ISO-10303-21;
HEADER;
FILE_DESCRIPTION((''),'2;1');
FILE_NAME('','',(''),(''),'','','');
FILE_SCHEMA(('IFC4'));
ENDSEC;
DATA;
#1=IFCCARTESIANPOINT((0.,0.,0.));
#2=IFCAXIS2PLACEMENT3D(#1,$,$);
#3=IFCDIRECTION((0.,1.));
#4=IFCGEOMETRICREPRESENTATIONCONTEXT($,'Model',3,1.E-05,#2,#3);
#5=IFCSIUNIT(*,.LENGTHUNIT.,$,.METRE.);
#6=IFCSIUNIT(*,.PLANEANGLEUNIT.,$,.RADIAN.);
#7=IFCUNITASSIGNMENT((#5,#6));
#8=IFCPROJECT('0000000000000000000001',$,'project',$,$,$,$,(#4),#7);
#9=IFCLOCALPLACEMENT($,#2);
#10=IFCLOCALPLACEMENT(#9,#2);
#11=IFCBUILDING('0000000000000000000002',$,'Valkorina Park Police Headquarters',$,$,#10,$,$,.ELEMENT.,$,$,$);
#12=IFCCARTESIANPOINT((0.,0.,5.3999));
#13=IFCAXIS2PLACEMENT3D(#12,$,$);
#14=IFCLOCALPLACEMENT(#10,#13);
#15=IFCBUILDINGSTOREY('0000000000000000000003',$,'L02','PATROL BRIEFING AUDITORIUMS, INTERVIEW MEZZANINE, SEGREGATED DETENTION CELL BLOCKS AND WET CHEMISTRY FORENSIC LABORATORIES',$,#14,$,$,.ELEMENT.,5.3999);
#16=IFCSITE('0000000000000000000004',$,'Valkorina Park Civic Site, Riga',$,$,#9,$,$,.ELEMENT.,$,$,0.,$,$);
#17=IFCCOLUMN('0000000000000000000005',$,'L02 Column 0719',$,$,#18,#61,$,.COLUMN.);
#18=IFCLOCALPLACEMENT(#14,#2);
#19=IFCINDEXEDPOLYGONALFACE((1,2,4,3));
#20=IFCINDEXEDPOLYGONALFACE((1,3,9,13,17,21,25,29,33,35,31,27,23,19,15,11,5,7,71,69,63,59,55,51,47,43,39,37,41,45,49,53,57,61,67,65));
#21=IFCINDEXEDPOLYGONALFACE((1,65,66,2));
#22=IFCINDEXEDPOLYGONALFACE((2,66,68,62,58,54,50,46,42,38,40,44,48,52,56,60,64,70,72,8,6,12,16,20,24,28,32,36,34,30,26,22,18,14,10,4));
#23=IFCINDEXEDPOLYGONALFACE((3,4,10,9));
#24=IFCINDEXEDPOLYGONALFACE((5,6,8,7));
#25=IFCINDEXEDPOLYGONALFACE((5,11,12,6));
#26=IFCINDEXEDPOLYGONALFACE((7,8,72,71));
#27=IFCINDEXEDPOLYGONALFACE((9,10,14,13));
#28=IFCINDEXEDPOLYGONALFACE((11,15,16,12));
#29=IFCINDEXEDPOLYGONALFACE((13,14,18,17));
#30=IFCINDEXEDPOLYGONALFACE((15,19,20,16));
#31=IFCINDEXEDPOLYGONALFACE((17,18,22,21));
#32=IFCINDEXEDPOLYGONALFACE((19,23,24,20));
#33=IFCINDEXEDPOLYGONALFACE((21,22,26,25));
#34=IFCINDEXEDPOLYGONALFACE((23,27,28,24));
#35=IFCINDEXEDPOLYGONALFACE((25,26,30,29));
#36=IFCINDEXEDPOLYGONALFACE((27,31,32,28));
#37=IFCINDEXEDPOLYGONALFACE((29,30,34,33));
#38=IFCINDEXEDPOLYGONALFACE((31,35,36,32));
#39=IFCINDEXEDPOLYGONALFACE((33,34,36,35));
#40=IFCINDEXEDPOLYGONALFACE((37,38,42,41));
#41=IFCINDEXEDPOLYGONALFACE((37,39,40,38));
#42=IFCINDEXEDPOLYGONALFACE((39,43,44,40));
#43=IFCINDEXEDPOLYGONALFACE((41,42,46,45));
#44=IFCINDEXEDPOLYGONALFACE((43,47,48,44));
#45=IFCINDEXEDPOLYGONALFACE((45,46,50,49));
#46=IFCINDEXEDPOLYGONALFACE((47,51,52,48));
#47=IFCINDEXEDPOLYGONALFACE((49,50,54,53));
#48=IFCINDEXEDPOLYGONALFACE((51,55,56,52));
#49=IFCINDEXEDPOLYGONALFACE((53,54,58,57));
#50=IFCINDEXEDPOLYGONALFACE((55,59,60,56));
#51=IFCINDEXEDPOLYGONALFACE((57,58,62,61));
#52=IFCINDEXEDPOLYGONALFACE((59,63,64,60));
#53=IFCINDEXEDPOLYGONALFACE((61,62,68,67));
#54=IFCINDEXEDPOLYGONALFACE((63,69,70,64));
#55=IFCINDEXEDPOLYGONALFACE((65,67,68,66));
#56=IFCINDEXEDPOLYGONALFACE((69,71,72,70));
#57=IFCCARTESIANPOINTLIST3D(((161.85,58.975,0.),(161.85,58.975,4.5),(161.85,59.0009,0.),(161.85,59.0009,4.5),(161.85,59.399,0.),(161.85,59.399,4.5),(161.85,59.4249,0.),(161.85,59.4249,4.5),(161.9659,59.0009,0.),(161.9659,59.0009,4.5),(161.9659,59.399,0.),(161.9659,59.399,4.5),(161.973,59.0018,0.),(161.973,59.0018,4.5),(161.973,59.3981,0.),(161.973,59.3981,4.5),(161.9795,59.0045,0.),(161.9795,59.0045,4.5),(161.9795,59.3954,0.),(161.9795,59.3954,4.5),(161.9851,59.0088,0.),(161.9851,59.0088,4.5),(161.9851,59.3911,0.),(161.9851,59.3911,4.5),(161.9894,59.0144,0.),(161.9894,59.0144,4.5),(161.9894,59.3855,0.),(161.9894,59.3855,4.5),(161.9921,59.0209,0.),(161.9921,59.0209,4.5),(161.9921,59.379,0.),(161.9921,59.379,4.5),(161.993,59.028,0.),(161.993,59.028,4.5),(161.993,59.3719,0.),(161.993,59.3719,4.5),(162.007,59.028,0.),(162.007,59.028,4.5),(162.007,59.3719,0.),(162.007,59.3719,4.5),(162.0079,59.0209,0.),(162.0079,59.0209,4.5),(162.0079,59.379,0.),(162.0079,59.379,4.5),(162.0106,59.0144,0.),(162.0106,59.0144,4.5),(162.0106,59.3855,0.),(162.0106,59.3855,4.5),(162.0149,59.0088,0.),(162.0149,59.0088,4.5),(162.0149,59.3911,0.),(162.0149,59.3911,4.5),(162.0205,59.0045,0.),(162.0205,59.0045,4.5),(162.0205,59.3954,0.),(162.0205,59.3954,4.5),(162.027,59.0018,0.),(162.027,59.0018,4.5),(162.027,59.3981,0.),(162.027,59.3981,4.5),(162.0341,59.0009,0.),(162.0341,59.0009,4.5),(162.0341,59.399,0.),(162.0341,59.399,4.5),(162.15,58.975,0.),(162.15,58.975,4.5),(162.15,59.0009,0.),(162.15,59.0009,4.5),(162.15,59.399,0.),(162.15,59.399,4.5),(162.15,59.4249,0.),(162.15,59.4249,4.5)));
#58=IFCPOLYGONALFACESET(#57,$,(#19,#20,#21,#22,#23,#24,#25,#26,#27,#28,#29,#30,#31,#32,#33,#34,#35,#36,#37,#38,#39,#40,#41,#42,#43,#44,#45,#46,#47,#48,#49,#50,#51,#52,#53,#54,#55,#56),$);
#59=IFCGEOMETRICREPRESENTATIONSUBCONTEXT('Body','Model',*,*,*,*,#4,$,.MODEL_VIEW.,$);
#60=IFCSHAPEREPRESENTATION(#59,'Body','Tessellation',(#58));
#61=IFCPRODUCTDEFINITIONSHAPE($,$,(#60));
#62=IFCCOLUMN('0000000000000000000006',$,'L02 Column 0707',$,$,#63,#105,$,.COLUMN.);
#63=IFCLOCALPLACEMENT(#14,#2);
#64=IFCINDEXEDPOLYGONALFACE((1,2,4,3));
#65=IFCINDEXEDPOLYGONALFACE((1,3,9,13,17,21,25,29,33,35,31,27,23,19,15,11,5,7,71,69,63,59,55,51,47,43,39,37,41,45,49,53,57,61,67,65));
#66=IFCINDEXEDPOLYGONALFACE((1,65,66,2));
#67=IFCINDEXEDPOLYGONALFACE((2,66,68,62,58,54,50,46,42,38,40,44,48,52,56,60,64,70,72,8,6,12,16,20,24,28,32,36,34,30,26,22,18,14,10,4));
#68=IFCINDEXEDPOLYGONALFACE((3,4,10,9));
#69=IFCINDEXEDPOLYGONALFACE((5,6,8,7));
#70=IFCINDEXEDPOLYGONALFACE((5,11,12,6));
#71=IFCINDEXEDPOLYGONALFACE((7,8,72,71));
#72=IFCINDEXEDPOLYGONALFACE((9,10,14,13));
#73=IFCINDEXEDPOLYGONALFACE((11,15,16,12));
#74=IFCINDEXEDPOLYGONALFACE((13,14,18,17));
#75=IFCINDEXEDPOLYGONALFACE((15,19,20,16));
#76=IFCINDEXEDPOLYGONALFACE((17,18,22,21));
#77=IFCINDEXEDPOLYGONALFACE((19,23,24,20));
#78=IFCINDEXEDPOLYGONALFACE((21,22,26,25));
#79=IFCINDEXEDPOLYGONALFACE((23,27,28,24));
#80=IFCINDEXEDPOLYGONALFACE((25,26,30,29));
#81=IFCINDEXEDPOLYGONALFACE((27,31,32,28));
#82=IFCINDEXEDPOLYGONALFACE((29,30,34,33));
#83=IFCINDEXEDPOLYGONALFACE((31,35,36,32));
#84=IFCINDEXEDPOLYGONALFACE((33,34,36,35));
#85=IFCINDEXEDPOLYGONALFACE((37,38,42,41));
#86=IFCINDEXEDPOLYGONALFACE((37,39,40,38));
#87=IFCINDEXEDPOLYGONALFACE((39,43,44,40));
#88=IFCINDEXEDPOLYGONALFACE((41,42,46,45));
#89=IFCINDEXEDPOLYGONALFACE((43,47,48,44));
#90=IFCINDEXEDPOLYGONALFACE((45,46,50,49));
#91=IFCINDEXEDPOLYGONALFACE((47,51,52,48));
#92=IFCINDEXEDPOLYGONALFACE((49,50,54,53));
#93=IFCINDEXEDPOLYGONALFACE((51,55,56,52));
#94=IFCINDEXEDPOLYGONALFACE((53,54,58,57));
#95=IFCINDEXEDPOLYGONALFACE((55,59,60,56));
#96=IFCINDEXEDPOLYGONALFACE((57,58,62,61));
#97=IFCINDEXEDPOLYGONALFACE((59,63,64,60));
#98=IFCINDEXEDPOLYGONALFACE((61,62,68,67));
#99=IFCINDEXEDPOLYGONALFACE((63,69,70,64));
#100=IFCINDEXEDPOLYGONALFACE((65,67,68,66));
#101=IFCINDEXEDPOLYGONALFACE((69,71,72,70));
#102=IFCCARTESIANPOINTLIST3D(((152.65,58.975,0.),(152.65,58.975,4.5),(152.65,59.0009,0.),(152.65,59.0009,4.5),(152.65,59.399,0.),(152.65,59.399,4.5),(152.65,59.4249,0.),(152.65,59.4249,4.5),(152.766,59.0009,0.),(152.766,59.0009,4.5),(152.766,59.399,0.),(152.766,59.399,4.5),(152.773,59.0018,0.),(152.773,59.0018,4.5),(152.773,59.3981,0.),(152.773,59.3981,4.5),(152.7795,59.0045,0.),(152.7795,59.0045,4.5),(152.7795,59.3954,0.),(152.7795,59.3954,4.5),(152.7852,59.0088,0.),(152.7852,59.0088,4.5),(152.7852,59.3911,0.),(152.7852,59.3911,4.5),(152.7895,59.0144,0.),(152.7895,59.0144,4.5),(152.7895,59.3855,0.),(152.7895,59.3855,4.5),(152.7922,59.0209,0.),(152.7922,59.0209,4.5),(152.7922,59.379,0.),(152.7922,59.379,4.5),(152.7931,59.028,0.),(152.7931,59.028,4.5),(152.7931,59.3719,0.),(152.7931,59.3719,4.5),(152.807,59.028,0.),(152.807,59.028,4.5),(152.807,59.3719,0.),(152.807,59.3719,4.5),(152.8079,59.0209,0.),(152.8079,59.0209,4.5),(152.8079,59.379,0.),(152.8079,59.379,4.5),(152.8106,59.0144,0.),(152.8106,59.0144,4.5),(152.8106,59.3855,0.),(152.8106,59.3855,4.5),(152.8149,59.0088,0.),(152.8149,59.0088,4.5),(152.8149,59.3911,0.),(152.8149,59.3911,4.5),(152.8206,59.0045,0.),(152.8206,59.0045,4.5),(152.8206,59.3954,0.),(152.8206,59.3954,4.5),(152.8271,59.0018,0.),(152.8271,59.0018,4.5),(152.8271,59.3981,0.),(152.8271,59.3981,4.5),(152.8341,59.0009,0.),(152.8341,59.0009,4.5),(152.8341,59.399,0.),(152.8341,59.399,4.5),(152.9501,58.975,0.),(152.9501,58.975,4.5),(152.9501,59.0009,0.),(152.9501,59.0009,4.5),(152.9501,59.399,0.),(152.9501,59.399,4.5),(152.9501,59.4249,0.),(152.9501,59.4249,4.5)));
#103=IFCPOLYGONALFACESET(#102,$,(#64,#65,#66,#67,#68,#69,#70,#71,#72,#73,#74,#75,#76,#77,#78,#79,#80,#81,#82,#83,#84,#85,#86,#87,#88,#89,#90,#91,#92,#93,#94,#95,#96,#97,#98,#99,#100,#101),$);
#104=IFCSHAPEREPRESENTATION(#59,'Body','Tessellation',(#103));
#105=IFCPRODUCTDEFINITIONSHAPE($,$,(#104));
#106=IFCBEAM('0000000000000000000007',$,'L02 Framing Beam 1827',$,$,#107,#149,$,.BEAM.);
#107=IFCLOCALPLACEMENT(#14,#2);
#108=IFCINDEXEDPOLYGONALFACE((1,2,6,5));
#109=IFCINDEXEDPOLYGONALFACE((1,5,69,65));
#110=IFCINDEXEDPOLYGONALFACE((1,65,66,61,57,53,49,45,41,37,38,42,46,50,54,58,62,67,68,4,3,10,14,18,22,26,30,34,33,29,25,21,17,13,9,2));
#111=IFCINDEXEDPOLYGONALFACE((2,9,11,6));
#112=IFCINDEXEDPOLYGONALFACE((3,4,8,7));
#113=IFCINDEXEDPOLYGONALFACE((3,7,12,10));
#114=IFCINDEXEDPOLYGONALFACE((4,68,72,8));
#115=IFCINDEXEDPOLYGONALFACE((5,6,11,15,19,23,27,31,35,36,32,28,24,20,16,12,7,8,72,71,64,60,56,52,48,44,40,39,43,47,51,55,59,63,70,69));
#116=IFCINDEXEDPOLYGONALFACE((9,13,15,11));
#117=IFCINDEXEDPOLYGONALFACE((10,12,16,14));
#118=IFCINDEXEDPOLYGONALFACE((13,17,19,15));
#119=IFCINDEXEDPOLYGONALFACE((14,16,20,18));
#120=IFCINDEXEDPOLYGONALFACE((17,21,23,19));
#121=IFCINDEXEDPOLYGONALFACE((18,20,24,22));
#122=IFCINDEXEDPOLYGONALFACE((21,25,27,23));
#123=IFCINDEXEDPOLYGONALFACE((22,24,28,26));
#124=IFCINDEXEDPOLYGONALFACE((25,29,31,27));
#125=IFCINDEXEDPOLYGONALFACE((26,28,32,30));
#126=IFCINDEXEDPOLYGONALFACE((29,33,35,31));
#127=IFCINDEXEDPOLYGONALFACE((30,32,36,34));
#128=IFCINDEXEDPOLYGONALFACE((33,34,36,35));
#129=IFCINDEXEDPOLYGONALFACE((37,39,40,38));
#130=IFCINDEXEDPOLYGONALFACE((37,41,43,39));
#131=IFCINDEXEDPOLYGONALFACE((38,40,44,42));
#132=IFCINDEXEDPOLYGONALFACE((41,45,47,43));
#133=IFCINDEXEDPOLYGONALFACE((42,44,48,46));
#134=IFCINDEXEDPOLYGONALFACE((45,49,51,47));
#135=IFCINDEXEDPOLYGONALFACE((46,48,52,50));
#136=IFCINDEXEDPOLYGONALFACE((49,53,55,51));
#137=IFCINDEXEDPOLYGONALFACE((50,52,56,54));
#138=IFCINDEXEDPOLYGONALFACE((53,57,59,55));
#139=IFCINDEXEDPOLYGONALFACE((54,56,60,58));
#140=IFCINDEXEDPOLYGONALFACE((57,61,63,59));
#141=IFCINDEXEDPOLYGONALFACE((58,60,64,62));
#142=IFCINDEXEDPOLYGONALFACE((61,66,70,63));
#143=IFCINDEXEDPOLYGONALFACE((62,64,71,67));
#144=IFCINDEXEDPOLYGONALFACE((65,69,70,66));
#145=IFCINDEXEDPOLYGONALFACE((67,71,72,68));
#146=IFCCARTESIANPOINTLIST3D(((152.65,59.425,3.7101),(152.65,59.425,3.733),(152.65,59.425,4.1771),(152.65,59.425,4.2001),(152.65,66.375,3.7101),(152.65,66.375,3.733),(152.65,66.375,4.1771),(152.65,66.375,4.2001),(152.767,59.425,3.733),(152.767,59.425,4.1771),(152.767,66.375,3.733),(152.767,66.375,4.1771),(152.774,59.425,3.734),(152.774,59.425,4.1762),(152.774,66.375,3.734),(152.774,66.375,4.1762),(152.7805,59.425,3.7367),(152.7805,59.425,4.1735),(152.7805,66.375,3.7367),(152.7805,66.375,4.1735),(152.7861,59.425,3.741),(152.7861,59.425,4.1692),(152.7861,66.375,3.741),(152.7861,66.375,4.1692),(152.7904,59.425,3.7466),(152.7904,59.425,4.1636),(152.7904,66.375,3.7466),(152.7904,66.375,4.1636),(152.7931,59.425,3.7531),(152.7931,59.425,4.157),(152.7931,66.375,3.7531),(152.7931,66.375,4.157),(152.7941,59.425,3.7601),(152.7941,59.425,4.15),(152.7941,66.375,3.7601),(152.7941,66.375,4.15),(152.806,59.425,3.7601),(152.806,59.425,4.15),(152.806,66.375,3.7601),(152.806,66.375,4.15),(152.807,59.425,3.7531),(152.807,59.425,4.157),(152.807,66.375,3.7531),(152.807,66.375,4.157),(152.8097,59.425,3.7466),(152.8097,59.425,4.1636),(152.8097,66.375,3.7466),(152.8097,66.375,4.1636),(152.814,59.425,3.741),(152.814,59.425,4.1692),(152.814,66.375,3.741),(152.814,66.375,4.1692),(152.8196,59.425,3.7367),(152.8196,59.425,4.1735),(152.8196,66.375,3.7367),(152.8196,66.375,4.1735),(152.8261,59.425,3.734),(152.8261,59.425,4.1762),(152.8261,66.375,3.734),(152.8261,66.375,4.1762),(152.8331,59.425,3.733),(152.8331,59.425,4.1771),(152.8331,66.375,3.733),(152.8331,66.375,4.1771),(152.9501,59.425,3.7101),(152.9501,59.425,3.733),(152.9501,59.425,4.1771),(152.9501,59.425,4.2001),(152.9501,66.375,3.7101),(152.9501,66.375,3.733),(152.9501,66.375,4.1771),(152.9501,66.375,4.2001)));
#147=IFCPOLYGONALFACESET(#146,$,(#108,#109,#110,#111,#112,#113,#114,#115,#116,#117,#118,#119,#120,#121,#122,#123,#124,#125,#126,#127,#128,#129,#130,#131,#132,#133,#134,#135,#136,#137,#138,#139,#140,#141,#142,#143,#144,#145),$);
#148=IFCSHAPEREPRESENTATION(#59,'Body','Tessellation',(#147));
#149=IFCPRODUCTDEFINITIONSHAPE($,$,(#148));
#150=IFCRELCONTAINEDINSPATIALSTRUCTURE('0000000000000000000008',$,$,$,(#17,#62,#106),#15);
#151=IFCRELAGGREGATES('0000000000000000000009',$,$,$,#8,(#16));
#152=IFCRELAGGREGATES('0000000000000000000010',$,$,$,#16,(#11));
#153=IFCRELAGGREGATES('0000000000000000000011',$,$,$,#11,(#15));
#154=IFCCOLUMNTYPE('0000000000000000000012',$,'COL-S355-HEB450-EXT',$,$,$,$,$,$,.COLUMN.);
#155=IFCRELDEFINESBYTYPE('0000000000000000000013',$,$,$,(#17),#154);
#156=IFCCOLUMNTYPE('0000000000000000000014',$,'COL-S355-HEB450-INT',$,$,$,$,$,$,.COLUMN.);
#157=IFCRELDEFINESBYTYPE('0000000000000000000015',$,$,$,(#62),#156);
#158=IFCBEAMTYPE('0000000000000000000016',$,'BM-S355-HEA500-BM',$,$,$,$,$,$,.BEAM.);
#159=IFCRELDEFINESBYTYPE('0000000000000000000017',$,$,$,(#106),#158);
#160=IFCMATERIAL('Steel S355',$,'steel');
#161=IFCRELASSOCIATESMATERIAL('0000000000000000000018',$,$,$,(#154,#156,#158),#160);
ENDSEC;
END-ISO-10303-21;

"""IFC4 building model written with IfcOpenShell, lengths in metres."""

from ifc_helpers import new_model, si_unit, direction, frame, origin, origin_2d, place, context, subcontext, project, spatial, i_section, extrude, material, material_profile, profile_set, type_object, element, save


model = new_model("IFC4")

# Units and contexts
model_context = context("Model", 3, precision=1e-05, world=origin(), true_north=direction((0.0, 1.0)))
body_context = subcontext(model_context, "Body", "Model", "MODEL_VIEW")
ifc_project = project(units=[si_unit("LENGTHUNIT", "METRE"), si_unit("PLANEANGLEUNIT", "RADIAN")], contexts=[model_context])

# Site, building, storey
site_placement = place(None, origin())
site = spatial("IfcSite", under=ifc_project, at=site_placement, Name="Valkorina Park Civic Site, Riga", CompositionType="ELEMENT", RefElevation=0.0)
building_placement = place(site_placement, origin())
building = spatial("IfcBuilding", under=site, at=building_placement, Name="Valkorina Park Police Headquarters", CompositionType="ELEMENT")
storey_placement = place(building_placement, frame((0.0, 0.0, 5.3999)))
storey = spatial("IfcBuildingStorey", under=building, at=storey_placement, Name="L02", Description="PATROL BRIEFING AUDITORIUMS, INTERVIEW MEZZANINE, SEGREGATED DETENTION CELL BLOCKS AND WET CHEMISTRY FORENSIC LABORATORIES", CompositionType="ELEMENT", Elevation=5.3999)

# Columns
ifc_material_1 = material(Name="Steel S355", Category="steel")
ifc_material_profile_1 = material_profile(ifc_material_1, i_section(OverallWidth=0.3, OverallDepth=0.45, WebThickness=0.0139, FlangeThickness=0.0259, FilletRadius=0.0271, at=origin_2d()), Name="HEB 450")
ifc_profile_set_1 = profile_set([ifc_material_profile_1], Name="Steel S355")
column_type_1 = type_object("IfcColumnType", Name="COL-S355-HEB450-EXT", PredefinedType="COLUMN", material=ifc_profile_set_1)
column_1_placement = place(storey_placement, frame((162.0, 59.2, 0.0), z_axis=(0.0, 0.0, 1.0), x_axis=(1.0, 0.0, 0.0)))
element("IfcColumn", 1, at=column_1_placement, inside=storey, type_object=column_type_1, Name="L02 Column 0719", PredefinedType="COLUMN", context=body_context, shape_type="SweptSolid", body=[
    extrude(i_section(OverallWidth=0.3, OverallDepth=0.45, WebThickness=0.0139, FlangeThickness=0.0259, FilletRadius=0.0271, at=origin_2d()), origin(), (0.0, 0.0, 1.0), 4.5),
])
ifc_material_profile_2 = material_profile(ifc_material_1, i_section(OverallWidth=0.3, OverallDepth=0.45, WebThickness=0.0139, FlangeThickness=0.0259, FilletRadius=0.0271, at=origin_2d()), Name="HEB 450")
ifc_profile_set_2 = profile_set([ifc_material_profile_2], Name="Steel S355")
column_type_2 = type_object("IfcColumnType", Name="COL-S355-HEB450-INT", PredefinedType="COLUMN", material=ifc_profile_set_2)
column_2_placement = place(storey_placement, frame((152.8, 59.2, 0.0), z_axis=(0.0, 0.0, 1.0), x_axis=(1.0, 0.0, 0.0)))
element("IfcColumn", 2, at=column_2_placement, inside=storey, type_object=column_type_2, Name="L02 Column 0707", PredefinedType="COLUMN", context=body_context, shape_type="SweptSolid", body=[
    extrude(i_section(OverallWidth=0.3, OverallDepth=0.45, WebThickness=0.0139, FlangeThickness=0.0259, FilletRadius=0.0271, at=origin_2d()), origin(), (0.0, 0.0, 1.0), 4.5),
])

# Beam
ifc_material_profile_3 = material_profile(ifc_material_1, i_section(OverallWidth=0.3, OverallDepth=0.49, WebThickness=0.012, FlangeThickness=0.0229, FilletRadius=0.0271, at=origin_2d()), Name="HEA 500")
ifc_profile_set_3 = profile_set([ifc_material_profile_3], Name="Steel S355")
beam_type_1 = type_object("IfcBeamType", Name="BM-S355-HEA500-BM", PredefinedType="BEAM", material=ifc_profile_set_3)
beam_1_placement = place(storey_placement, frame((152.8, 59.425, 3.9551), z_axis=(0.0, 1.0, 0.0), x_axis=(-1.0, 0.0, 0.0)))
element("IfcBeam", 3, at=beam_1_placement, inside=storey, type_object=beam_type_1, Name="L02 Framing Beam 1827", PredefinedType="BEAM", context=body_context, shape_type="SweptSolid", body=[
    extrude(i_section(OverallWidth=0.3, OverallDepth=0.49, WebThickness=0.012, FlangeThickness=0.0229, FilletRadius=0.0271, at=origin_2d()), origin(), (0.0, 0.0, 1.0), 6.95),
])

save(model, "model.ifc")
